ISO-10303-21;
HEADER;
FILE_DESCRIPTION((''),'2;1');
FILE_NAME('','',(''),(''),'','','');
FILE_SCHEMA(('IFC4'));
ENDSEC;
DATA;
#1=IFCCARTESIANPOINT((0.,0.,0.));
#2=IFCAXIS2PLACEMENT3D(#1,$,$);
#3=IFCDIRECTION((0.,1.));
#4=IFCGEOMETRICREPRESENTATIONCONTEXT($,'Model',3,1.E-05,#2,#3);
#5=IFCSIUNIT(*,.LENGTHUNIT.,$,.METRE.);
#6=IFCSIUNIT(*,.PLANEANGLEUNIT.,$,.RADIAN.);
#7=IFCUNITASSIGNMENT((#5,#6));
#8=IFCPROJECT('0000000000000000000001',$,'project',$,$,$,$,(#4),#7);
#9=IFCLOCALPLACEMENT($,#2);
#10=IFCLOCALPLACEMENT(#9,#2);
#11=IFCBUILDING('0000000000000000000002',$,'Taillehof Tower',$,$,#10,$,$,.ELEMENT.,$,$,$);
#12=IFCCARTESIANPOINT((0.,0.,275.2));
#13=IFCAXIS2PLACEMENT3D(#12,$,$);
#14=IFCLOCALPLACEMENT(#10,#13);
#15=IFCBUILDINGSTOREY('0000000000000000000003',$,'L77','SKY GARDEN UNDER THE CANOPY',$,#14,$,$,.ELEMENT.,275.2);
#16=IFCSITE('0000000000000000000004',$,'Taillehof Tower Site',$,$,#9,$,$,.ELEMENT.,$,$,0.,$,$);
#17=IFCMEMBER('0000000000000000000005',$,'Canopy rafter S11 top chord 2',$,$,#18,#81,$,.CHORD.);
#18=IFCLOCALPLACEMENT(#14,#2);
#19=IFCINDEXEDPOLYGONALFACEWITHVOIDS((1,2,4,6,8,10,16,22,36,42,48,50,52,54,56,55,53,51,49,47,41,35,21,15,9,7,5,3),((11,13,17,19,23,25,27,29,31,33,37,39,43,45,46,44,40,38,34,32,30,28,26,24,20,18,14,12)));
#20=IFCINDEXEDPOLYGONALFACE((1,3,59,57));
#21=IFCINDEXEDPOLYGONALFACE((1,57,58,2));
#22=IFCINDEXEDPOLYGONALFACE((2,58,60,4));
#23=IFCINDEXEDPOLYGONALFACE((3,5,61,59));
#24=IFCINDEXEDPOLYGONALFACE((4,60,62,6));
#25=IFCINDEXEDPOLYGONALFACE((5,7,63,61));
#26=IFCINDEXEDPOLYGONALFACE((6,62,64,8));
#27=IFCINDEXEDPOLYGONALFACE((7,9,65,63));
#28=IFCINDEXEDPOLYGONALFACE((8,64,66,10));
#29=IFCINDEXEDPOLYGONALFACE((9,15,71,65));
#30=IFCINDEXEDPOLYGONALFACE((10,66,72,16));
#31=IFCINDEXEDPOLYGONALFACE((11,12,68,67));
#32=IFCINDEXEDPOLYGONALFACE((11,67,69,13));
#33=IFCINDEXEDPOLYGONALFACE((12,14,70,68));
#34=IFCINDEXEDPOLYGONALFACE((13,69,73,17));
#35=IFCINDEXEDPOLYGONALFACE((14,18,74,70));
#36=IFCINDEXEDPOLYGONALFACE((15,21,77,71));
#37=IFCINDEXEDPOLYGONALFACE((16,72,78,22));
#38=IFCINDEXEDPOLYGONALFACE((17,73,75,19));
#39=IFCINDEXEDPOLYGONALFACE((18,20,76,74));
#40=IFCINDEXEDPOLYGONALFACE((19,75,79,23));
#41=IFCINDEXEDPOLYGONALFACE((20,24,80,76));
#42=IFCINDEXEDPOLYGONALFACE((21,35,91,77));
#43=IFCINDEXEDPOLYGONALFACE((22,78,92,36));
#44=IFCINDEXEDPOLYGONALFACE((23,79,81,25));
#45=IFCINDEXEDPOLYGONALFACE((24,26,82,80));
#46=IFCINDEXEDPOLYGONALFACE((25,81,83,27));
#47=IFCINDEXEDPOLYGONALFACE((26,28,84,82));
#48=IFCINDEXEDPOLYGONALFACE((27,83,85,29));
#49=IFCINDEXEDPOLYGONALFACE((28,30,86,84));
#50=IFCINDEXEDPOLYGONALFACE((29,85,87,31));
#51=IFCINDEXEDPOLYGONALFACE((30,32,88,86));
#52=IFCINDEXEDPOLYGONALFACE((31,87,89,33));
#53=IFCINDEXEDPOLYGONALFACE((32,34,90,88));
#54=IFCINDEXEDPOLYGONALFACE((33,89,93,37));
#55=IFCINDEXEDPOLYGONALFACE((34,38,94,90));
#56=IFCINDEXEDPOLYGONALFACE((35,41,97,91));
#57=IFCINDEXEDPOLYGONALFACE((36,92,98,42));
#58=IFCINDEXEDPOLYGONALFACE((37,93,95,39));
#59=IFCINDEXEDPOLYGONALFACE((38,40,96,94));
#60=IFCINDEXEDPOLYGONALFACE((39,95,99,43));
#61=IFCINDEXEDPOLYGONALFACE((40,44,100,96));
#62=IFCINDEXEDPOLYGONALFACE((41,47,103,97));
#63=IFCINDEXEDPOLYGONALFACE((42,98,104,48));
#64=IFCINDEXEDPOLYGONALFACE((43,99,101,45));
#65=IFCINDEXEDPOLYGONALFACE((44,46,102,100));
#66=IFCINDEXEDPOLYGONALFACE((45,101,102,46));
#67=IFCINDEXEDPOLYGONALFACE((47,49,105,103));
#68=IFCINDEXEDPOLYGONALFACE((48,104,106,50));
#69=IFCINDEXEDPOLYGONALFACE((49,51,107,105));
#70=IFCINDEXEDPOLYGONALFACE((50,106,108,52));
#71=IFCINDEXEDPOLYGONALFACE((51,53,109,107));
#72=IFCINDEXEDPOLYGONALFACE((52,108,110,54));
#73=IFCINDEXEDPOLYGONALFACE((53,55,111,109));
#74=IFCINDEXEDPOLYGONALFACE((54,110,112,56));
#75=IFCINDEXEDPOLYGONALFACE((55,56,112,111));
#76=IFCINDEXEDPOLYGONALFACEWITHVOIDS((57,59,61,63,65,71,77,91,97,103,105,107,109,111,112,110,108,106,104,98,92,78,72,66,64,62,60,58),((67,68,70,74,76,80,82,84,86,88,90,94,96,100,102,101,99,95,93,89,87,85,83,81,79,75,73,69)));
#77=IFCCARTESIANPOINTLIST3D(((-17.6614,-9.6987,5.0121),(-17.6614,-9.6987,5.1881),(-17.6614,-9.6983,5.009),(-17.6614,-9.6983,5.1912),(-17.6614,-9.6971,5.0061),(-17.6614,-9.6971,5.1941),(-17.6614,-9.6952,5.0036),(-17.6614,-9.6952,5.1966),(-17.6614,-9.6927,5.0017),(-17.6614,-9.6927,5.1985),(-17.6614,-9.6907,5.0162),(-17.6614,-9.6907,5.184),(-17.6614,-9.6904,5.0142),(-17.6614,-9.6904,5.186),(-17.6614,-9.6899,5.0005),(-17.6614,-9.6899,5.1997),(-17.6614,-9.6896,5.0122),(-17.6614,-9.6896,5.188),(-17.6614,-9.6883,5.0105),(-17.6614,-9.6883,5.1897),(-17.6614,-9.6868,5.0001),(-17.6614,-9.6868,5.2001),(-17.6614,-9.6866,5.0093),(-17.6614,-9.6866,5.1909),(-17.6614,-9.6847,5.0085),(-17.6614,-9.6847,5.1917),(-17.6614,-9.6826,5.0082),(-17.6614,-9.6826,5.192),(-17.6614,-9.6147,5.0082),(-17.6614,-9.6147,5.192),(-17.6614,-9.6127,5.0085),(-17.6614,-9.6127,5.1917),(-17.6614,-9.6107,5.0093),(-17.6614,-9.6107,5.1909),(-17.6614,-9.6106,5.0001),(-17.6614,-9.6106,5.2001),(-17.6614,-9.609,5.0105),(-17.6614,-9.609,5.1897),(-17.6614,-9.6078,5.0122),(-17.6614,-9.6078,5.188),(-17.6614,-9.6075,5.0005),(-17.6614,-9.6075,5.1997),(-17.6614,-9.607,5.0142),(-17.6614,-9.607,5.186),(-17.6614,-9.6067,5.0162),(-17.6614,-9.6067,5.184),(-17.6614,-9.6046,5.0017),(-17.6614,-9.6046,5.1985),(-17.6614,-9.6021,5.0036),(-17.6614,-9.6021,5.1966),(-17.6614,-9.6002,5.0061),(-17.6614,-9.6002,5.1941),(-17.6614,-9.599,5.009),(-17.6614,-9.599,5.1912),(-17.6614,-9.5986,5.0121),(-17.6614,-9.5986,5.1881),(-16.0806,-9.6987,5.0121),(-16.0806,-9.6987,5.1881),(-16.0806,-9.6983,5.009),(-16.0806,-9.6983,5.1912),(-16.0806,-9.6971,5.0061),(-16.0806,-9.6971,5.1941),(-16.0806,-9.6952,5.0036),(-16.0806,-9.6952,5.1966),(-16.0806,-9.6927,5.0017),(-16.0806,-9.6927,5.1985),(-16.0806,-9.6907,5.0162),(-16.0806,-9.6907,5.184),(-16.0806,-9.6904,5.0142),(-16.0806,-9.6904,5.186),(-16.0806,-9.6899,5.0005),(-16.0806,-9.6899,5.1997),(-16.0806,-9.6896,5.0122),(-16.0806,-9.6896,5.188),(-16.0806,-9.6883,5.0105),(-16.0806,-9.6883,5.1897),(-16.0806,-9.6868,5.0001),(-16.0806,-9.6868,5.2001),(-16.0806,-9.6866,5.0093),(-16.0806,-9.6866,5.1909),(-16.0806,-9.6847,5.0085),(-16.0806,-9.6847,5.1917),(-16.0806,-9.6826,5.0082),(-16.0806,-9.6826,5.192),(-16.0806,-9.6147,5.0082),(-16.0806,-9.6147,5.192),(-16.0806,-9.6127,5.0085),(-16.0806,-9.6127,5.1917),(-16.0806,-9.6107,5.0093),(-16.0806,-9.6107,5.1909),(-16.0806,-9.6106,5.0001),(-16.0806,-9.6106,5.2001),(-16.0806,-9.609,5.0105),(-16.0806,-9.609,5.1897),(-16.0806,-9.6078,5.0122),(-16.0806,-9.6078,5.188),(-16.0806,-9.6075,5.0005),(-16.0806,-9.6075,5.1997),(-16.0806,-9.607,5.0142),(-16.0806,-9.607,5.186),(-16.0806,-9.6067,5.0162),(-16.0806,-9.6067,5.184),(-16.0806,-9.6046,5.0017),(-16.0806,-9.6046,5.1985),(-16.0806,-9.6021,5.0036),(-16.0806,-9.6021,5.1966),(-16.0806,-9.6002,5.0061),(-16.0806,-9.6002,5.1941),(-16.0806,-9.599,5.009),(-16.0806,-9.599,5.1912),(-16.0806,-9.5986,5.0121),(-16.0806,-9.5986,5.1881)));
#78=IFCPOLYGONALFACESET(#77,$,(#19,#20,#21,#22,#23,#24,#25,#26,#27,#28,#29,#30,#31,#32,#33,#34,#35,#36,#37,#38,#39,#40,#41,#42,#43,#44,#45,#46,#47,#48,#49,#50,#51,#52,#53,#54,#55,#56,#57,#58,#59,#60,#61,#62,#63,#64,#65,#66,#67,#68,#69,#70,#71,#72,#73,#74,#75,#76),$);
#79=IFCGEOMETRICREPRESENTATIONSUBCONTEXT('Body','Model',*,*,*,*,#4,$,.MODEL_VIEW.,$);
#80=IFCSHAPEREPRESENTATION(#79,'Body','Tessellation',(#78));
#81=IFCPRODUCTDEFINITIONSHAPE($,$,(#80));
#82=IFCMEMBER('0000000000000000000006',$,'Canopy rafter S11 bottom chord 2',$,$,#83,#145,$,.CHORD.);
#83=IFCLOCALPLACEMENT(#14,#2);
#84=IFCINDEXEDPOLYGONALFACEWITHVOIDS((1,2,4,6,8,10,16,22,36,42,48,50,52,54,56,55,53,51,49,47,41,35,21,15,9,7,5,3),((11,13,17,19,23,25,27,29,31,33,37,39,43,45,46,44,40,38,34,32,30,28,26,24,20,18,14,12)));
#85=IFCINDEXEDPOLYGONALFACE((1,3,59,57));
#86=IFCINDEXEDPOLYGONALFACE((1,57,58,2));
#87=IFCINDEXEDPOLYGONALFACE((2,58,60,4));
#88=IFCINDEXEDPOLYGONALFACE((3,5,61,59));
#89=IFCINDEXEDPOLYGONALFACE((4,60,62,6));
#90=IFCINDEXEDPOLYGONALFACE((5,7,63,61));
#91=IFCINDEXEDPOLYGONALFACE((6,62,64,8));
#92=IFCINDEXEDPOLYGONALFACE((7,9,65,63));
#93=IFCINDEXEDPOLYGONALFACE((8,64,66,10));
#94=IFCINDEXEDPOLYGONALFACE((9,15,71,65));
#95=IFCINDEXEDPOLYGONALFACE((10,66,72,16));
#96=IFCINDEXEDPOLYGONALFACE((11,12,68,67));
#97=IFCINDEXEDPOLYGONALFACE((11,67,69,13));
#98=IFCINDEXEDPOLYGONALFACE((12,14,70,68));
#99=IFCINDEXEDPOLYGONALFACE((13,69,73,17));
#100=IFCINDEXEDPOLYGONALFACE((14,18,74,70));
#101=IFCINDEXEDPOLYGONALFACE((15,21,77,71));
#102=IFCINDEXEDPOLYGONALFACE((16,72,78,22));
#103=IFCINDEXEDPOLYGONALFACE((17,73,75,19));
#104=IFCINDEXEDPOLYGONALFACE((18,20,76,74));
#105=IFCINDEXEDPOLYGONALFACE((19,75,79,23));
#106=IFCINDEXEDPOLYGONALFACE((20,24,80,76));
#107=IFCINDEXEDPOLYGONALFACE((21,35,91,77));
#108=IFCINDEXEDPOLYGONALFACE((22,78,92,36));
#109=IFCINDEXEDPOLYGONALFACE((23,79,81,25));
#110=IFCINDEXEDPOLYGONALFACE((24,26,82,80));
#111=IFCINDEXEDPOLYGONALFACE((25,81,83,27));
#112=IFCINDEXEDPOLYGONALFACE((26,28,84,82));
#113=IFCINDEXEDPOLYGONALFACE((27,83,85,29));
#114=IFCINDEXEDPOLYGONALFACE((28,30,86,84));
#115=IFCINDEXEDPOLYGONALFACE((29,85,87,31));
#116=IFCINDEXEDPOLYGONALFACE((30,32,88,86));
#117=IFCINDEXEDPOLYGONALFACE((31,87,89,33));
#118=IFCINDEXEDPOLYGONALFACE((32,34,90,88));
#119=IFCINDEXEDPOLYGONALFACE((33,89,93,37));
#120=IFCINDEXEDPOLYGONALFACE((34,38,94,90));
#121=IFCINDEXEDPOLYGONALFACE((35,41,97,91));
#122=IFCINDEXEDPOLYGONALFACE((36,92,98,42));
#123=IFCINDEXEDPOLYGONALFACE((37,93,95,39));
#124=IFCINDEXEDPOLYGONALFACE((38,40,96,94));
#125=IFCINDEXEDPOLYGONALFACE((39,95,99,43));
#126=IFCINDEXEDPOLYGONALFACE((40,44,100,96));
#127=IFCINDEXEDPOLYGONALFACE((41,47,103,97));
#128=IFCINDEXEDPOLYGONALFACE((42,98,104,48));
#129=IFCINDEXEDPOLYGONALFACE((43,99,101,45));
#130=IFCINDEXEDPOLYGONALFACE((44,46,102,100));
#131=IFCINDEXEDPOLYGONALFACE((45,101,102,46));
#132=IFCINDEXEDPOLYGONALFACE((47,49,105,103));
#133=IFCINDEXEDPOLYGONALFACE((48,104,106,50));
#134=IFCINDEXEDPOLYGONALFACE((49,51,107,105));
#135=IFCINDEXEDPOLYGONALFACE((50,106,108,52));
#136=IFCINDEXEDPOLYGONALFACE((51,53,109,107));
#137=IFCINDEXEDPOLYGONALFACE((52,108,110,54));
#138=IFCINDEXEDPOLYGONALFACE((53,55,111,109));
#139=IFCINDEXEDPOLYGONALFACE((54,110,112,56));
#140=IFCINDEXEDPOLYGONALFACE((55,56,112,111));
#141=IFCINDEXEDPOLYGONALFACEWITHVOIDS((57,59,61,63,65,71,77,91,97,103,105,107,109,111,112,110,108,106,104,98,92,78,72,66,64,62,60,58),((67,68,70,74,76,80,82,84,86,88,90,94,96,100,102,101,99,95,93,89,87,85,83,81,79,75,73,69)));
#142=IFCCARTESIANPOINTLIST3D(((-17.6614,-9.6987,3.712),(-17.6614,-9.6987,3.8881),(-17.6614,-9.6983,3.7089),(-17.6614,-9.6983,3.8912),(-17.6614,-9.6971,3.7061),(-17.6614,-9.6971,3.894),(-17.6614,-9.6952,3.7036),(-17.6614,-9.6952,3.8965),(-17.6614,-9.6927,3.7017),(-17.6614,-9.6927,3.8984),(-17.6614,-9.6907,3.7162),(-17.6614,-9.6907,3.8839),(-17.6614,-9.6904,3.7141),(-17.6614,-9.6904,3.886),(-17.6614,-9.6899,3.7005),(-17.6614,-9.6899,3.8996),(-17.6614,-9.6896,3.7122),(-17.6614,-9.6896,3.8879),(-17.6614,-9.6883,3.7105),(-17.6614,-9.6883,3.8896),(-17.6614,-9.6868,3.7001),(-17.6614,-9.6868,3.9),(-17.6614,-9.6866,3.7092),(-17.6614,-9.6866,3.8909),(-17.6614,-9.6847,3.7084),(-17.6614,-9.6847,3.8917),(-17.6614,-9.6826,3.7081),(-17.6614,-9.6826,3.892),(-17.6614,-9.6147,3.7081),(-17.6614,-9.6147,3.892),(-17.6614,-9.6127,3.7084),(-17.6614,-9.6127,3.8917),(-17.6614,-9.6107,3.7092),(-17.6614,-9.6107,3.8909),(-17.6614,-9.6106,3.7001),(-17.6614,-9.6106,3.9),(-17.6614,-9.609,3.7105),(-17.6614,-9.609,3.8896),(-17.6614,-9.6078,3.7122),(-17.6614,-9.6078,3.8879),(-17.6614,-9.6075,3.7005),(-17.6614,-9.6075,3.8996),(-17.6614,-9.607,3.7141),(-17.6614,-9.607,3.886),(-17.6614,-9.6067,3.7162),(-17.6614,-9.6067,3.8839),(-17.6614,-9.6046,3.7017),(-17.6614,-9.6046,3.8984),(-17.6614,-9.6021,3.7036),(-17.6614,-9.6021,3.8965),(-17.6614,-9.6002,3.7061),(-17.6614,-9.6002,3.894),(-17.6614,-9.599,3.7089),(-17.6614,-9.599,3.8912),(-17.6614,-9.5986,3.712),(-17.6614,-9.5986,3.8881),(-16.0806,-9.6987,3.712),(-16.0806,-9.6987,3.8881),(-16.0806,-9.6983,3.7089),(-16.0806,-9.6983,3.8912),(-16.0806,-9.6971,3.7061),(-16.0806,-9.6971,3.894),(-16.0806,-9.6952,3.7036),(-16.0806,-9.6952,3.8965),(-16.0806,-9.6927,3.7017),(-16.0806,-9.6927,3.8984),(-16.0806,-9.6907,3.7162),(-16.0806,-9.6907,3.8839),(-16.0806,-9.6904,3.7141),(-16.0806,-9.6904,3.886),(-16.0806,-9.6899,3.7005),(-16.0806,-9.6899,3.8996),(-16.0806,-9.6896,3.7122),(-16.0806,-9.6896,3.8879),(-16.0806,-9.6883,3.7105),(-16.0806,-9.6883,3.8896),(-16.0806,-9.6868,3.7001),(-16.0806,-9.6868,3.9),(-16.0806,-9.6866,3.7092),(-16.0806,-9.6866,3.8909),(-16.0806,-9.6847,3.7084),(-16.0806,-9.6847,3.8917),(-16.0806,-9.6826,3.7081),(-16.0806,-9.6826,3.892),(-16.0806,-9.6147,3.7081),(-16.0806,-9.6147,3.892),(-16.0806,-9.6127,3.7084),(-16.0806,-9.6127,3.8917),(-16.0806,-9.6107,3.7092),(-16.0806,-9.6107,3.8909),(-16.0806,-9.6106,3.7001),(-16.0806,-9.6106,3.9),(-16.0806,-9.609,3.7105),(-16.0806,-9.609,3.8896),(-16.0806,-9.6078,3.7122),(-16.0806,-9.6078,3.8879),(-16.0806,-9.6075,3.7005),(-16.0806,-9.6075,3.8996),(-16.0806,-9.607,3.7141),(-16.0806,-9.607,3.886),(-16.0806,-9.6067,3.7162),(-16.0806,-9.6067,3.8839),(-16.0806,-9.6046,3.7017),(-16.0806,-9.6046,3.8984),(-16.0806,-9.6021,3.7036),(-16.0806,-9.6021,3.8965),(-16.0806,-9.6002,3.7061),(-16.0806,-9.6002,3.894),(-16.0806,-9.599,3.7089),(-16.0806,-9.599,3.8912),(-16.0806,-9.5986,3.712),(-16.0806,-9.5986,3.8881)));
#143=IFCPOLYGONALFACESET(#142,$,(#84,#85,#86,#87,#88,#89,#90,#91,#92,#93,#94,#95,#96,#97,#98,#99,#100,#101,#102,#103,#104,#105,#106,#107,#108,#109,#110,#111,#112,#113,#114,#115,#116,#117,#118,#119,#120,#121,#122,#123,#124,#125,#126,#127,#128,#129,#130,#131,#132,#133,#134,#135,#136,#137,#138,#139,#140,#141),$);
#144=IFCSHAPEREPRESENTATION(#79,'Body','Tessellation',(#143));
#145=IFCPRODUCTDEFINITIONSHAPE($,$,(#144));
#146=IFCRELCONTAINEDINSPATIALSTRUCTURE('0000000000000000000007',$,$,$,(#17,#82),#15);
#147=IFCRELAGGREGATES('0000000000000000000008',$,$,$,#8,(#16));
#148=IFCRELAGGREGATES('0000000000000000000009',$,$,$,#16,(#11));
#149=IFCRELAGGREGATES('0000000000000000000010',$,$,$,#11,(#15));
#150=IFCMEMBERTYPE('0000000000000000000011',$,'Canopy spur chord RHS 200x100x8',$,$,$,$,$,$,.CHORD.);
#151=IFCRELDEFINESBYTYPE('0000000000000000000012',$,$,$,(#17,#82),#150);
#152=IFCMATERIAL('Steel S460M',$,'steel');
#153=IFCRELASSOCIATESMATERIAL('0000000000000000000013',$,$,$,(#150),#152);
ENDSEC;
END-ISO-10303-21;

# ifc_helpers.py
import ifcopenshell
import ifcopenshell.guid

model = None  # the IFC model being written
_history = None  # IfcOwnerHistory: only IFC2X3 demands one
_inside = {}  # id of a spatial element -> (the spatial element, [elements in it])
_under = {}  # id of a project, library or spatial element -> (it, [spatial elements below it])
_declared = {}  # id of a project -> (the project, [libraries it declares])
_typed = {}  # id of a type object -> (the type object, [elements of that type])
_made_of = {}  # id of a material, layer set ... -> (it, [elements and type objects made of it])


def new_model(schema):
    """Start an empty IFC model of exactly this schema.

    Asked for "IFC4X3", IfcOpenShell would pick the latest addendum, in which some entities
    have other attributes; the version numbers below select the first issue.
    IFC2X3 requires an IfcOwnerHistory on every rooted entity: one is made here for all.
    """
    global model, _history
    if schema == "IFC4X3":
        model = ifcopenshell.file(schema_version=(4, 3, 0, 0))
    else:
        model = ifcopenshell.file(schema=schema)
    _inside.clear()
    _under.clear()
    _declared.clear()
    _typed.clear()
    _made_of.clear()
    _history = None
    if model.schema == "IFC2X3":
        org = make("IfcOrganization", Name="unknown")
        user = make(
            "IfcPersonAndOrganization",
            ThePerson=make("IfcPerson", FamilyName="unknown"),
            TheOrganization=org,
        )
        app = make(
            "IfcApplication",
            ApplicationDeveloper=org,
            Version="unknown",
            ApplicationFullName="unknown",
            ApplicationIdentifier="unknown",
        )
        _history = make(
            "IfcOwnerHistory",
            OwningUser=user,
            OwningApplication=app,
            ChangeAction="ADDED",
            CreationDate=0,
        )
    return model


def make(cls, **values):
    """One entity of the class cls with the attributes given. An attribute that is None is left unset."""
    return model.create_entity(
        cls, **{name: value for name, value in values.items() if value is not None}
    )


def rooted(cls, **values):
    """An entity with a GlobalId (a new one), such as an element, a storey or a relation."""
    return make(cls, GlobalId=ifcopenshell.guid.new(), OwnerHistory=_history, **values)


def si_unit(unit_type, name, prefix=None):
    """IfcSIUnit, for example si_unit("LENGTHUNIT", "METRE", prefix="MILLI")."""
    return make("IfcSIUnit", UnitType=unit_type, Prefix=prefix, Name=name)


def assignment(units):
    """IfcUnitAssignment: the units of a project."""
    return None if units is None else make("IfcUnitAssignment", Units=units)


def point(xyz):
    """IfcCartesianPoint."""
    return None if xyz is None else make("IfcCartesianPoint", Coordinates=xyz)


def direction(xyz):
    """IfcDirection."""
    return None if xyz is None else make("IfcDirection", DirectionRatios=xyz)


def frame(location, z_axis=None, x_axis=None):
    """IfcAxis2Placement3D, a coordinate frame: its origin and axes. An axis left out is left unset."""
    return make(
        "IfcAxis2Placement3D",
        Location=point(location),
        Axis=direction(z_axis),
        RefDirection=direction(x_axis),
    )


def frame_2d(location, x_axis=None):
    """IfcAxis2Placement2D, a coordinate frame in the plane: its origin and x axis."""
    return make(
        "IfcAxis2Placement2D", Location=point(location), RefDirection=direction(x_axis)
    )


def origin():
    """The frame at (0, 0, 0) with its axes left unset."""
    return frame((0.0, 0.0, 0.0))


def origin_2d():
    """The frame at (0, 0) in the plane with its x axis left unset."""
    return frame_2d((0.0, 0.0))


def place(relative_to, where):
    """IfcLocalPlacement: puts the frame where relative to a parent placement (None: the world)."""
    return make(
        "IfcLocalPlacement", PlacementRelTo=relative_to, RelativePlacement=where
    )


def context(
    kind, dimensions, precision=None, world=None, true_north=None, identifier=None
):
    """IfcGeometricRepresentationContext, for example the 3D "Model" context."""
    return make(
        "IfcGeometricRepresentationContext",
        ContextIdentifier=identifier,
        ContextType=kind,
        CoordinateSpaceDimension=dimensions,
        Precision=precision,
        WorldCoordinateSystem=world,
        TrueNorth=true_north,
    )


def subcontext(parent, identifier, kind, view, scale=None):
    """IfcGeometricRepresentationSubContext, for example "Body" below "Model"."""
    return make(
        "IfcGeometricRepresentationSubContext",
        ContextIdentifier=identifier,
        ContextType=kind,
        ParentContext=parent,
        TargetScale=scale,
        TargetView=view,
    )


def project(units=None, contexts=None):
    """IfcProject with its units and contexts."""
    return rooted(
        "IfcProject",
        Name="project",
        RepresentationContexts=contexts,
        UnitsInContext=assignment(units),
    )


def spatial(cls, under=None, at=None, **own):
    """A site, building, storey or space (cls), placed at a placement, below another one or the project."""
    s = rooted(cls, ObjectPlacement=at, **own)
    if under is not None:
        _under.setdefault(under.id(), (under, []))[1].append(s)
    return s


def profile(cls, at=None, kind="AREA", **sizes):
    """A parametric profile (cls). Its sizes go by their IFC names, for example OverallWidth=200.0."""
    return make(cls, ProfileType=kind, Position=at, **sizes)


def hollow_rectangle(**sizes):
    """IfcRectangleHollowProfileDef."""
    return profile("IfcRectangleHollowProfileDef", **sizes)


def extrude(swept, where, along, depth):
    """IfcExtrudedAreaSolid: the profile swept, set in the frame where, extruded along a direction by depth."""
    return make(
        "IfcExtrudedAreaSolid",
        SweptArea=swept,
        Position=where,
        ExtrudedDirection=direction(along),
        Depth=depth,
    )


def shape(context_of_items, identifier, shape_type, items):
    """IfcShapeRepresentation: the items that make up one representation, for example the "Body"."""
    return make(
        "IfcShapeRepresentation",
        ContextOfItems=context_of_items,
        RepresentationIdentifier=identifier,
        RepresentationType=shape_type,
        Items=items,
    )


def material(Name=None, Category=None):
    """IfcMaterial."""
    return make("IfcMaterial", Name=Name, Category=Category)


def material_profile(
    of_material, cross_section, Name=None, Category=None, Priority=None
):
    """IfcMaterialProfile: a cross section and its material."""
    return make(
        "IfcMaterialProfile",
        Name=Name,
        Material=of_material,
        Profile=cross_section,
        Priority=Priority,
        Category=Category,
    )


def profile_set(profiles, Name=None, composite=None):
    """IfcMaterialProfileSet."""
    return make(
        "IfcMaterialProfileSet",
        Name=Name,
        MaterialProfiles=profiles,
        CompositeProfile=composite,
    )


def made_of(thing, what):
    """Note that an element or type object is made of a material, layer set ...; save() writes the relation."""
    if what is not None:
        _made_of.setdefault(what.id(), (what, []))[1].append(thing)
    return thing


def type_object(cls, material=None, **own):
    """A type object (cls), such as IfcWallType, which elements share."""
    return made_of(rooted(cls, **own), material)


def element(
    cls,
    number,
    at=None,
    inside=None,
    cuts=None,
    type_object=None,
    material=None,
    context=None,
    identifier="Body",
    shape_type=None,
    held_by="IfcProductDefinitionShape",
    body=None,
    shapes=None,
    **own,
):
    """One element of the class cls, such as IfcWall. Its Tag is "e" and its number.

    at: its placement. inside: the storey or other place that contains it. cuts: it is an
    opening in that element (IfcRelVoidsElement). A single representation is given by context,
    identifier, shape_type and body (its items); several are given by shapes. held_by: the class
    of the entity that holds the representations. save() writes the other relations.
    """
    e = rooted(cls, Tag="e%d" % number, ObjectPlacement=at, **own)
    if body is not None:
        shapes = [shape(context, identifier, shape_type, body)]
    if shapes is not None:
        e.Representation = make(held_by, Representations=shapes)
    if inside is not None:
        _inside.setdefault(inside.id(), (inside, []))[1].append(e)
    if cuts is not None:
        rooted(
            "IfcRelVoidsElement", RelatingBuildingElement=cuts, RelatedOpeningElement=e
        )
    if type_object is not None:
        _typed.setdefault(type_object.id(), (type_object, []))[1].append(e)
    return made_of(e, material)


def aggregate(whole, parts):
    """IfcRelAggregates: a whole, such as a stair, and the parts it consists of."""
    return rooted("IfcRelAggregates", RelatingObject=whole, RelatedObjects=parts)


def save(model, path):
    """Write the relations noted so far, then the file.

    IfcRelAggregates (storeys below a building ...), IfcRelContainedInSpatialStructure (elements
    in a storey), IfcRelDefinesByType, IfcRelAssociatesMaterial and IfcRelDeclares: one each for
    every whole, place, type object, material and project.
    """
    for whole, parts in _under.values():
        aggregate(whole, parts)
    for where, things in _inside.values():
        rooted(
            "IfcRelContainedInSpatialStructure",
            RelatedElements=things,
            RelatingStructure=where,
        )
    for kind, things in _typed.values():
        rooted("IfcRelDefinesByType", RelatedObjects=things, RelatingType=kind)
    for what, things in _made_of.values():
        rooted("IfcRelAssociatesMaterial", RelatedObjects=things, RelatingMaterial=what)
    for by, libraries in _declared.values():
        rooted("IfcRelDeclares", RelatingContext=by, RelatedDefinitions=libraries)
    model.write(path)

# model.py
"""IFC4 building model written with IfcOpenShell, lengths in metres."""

from ifc_helpers import new_model, si_unit, direction, frame, origin, origin_2d, place, context, subcontext, project, spatial, hollow_rectangle, extrude, material, material_profile, profile_set, type_object, element, save


model = new_model("IFC4")

# Units and contexts
model_context = context("Model", 3, precision=1e-05, world=origin(), true_north=direction((0.0, 1.0)))
body_context = subcontext(model_context, "Body", "Model", "MODEL_VIEW")
ifc_project = project(units=[si_unit("LENGTHUNIT", "METRE"), si_unit("PLANEANGLEUNIT", "RADIAN")], contexts=[model_context])

# Site, building, storey
site_placement = place(None, origin())
site = spatial("IfcSite", under=ifc_project, at=site_placement, Name="Taillehof Tower Site", CompositionType="ELEMENT", RefElevation=0.0)
building_placement = place(site_placement, origin())
building = spatial("IfcBuilding", under=site, at=building_placement, Name="Taillehof Tower", CompositionType="ELEMENT")
storey_placement = place(building_placement, frame((0.0, 0.0, 275.2)))
storey = spatial("IfcBuildingStorey", under=building, at=storey_placement, Name="L77", Description="SKY GARDEN UNDER THE CANOPY", CompositionType="ELEMENT", Elevation=275.2)

# Members
ifc_material_1 = material(Name="Steel S460M", Category="steel")
ifc_material_profile_1 = material_profile(ifc_material_1, hollow_rectangle(XDim=0.1001, YDim=0.2, WallThickness=0.0081, InnerFilletRadius=0.0081, OuterFilletRadius=0.012, at=origin_2d()), Name="RHS 200x100x8")
ifc_profile_set_1 = profile_set([ifc_material_profile_1], Name="Steel S460M")
member_type_1 = type_object("IfcMemberType", Name="Canopy spur chord RHS 200x100x8", PredefinedType="CHORD", material=ifc_profile_set_1)
for number, where, z_axis, x_axis, name in (
    (1, (-17.6614, -9.6487, 5.1001), (1.0, 0.0, 0.0), (0.0, 1.0, 0.0), "Canopy rafter S11 top chord 2"),
    (2, (-17.6614, -9.6487, 3.8), (1.0, 0.0, 0.0), (0.0, 1.0, 0.0), "Canopy rafter S11 bottom chord 2"),
):
    element("IfcMember", number, at=place(storey_placement, frame(where, z_axis=z_axis, x_axis=x_axis)), inside=storey, type_object=member_type_1, Name=name, PredefinedType="CHORD", context=body_context, shape_type="SweptSolid", body=[
        extrude(hollow_rectangle(XDim=0.1001, YDim=0.2, WallThickness=0.0081, InnerFilletRadius=0.0081, OuterFilletRadius=0.012, at=origin_2d()), origin(), (0.0, 0.0, 1.0), 1.5808),
    ])

save(model, "model.ifc")
